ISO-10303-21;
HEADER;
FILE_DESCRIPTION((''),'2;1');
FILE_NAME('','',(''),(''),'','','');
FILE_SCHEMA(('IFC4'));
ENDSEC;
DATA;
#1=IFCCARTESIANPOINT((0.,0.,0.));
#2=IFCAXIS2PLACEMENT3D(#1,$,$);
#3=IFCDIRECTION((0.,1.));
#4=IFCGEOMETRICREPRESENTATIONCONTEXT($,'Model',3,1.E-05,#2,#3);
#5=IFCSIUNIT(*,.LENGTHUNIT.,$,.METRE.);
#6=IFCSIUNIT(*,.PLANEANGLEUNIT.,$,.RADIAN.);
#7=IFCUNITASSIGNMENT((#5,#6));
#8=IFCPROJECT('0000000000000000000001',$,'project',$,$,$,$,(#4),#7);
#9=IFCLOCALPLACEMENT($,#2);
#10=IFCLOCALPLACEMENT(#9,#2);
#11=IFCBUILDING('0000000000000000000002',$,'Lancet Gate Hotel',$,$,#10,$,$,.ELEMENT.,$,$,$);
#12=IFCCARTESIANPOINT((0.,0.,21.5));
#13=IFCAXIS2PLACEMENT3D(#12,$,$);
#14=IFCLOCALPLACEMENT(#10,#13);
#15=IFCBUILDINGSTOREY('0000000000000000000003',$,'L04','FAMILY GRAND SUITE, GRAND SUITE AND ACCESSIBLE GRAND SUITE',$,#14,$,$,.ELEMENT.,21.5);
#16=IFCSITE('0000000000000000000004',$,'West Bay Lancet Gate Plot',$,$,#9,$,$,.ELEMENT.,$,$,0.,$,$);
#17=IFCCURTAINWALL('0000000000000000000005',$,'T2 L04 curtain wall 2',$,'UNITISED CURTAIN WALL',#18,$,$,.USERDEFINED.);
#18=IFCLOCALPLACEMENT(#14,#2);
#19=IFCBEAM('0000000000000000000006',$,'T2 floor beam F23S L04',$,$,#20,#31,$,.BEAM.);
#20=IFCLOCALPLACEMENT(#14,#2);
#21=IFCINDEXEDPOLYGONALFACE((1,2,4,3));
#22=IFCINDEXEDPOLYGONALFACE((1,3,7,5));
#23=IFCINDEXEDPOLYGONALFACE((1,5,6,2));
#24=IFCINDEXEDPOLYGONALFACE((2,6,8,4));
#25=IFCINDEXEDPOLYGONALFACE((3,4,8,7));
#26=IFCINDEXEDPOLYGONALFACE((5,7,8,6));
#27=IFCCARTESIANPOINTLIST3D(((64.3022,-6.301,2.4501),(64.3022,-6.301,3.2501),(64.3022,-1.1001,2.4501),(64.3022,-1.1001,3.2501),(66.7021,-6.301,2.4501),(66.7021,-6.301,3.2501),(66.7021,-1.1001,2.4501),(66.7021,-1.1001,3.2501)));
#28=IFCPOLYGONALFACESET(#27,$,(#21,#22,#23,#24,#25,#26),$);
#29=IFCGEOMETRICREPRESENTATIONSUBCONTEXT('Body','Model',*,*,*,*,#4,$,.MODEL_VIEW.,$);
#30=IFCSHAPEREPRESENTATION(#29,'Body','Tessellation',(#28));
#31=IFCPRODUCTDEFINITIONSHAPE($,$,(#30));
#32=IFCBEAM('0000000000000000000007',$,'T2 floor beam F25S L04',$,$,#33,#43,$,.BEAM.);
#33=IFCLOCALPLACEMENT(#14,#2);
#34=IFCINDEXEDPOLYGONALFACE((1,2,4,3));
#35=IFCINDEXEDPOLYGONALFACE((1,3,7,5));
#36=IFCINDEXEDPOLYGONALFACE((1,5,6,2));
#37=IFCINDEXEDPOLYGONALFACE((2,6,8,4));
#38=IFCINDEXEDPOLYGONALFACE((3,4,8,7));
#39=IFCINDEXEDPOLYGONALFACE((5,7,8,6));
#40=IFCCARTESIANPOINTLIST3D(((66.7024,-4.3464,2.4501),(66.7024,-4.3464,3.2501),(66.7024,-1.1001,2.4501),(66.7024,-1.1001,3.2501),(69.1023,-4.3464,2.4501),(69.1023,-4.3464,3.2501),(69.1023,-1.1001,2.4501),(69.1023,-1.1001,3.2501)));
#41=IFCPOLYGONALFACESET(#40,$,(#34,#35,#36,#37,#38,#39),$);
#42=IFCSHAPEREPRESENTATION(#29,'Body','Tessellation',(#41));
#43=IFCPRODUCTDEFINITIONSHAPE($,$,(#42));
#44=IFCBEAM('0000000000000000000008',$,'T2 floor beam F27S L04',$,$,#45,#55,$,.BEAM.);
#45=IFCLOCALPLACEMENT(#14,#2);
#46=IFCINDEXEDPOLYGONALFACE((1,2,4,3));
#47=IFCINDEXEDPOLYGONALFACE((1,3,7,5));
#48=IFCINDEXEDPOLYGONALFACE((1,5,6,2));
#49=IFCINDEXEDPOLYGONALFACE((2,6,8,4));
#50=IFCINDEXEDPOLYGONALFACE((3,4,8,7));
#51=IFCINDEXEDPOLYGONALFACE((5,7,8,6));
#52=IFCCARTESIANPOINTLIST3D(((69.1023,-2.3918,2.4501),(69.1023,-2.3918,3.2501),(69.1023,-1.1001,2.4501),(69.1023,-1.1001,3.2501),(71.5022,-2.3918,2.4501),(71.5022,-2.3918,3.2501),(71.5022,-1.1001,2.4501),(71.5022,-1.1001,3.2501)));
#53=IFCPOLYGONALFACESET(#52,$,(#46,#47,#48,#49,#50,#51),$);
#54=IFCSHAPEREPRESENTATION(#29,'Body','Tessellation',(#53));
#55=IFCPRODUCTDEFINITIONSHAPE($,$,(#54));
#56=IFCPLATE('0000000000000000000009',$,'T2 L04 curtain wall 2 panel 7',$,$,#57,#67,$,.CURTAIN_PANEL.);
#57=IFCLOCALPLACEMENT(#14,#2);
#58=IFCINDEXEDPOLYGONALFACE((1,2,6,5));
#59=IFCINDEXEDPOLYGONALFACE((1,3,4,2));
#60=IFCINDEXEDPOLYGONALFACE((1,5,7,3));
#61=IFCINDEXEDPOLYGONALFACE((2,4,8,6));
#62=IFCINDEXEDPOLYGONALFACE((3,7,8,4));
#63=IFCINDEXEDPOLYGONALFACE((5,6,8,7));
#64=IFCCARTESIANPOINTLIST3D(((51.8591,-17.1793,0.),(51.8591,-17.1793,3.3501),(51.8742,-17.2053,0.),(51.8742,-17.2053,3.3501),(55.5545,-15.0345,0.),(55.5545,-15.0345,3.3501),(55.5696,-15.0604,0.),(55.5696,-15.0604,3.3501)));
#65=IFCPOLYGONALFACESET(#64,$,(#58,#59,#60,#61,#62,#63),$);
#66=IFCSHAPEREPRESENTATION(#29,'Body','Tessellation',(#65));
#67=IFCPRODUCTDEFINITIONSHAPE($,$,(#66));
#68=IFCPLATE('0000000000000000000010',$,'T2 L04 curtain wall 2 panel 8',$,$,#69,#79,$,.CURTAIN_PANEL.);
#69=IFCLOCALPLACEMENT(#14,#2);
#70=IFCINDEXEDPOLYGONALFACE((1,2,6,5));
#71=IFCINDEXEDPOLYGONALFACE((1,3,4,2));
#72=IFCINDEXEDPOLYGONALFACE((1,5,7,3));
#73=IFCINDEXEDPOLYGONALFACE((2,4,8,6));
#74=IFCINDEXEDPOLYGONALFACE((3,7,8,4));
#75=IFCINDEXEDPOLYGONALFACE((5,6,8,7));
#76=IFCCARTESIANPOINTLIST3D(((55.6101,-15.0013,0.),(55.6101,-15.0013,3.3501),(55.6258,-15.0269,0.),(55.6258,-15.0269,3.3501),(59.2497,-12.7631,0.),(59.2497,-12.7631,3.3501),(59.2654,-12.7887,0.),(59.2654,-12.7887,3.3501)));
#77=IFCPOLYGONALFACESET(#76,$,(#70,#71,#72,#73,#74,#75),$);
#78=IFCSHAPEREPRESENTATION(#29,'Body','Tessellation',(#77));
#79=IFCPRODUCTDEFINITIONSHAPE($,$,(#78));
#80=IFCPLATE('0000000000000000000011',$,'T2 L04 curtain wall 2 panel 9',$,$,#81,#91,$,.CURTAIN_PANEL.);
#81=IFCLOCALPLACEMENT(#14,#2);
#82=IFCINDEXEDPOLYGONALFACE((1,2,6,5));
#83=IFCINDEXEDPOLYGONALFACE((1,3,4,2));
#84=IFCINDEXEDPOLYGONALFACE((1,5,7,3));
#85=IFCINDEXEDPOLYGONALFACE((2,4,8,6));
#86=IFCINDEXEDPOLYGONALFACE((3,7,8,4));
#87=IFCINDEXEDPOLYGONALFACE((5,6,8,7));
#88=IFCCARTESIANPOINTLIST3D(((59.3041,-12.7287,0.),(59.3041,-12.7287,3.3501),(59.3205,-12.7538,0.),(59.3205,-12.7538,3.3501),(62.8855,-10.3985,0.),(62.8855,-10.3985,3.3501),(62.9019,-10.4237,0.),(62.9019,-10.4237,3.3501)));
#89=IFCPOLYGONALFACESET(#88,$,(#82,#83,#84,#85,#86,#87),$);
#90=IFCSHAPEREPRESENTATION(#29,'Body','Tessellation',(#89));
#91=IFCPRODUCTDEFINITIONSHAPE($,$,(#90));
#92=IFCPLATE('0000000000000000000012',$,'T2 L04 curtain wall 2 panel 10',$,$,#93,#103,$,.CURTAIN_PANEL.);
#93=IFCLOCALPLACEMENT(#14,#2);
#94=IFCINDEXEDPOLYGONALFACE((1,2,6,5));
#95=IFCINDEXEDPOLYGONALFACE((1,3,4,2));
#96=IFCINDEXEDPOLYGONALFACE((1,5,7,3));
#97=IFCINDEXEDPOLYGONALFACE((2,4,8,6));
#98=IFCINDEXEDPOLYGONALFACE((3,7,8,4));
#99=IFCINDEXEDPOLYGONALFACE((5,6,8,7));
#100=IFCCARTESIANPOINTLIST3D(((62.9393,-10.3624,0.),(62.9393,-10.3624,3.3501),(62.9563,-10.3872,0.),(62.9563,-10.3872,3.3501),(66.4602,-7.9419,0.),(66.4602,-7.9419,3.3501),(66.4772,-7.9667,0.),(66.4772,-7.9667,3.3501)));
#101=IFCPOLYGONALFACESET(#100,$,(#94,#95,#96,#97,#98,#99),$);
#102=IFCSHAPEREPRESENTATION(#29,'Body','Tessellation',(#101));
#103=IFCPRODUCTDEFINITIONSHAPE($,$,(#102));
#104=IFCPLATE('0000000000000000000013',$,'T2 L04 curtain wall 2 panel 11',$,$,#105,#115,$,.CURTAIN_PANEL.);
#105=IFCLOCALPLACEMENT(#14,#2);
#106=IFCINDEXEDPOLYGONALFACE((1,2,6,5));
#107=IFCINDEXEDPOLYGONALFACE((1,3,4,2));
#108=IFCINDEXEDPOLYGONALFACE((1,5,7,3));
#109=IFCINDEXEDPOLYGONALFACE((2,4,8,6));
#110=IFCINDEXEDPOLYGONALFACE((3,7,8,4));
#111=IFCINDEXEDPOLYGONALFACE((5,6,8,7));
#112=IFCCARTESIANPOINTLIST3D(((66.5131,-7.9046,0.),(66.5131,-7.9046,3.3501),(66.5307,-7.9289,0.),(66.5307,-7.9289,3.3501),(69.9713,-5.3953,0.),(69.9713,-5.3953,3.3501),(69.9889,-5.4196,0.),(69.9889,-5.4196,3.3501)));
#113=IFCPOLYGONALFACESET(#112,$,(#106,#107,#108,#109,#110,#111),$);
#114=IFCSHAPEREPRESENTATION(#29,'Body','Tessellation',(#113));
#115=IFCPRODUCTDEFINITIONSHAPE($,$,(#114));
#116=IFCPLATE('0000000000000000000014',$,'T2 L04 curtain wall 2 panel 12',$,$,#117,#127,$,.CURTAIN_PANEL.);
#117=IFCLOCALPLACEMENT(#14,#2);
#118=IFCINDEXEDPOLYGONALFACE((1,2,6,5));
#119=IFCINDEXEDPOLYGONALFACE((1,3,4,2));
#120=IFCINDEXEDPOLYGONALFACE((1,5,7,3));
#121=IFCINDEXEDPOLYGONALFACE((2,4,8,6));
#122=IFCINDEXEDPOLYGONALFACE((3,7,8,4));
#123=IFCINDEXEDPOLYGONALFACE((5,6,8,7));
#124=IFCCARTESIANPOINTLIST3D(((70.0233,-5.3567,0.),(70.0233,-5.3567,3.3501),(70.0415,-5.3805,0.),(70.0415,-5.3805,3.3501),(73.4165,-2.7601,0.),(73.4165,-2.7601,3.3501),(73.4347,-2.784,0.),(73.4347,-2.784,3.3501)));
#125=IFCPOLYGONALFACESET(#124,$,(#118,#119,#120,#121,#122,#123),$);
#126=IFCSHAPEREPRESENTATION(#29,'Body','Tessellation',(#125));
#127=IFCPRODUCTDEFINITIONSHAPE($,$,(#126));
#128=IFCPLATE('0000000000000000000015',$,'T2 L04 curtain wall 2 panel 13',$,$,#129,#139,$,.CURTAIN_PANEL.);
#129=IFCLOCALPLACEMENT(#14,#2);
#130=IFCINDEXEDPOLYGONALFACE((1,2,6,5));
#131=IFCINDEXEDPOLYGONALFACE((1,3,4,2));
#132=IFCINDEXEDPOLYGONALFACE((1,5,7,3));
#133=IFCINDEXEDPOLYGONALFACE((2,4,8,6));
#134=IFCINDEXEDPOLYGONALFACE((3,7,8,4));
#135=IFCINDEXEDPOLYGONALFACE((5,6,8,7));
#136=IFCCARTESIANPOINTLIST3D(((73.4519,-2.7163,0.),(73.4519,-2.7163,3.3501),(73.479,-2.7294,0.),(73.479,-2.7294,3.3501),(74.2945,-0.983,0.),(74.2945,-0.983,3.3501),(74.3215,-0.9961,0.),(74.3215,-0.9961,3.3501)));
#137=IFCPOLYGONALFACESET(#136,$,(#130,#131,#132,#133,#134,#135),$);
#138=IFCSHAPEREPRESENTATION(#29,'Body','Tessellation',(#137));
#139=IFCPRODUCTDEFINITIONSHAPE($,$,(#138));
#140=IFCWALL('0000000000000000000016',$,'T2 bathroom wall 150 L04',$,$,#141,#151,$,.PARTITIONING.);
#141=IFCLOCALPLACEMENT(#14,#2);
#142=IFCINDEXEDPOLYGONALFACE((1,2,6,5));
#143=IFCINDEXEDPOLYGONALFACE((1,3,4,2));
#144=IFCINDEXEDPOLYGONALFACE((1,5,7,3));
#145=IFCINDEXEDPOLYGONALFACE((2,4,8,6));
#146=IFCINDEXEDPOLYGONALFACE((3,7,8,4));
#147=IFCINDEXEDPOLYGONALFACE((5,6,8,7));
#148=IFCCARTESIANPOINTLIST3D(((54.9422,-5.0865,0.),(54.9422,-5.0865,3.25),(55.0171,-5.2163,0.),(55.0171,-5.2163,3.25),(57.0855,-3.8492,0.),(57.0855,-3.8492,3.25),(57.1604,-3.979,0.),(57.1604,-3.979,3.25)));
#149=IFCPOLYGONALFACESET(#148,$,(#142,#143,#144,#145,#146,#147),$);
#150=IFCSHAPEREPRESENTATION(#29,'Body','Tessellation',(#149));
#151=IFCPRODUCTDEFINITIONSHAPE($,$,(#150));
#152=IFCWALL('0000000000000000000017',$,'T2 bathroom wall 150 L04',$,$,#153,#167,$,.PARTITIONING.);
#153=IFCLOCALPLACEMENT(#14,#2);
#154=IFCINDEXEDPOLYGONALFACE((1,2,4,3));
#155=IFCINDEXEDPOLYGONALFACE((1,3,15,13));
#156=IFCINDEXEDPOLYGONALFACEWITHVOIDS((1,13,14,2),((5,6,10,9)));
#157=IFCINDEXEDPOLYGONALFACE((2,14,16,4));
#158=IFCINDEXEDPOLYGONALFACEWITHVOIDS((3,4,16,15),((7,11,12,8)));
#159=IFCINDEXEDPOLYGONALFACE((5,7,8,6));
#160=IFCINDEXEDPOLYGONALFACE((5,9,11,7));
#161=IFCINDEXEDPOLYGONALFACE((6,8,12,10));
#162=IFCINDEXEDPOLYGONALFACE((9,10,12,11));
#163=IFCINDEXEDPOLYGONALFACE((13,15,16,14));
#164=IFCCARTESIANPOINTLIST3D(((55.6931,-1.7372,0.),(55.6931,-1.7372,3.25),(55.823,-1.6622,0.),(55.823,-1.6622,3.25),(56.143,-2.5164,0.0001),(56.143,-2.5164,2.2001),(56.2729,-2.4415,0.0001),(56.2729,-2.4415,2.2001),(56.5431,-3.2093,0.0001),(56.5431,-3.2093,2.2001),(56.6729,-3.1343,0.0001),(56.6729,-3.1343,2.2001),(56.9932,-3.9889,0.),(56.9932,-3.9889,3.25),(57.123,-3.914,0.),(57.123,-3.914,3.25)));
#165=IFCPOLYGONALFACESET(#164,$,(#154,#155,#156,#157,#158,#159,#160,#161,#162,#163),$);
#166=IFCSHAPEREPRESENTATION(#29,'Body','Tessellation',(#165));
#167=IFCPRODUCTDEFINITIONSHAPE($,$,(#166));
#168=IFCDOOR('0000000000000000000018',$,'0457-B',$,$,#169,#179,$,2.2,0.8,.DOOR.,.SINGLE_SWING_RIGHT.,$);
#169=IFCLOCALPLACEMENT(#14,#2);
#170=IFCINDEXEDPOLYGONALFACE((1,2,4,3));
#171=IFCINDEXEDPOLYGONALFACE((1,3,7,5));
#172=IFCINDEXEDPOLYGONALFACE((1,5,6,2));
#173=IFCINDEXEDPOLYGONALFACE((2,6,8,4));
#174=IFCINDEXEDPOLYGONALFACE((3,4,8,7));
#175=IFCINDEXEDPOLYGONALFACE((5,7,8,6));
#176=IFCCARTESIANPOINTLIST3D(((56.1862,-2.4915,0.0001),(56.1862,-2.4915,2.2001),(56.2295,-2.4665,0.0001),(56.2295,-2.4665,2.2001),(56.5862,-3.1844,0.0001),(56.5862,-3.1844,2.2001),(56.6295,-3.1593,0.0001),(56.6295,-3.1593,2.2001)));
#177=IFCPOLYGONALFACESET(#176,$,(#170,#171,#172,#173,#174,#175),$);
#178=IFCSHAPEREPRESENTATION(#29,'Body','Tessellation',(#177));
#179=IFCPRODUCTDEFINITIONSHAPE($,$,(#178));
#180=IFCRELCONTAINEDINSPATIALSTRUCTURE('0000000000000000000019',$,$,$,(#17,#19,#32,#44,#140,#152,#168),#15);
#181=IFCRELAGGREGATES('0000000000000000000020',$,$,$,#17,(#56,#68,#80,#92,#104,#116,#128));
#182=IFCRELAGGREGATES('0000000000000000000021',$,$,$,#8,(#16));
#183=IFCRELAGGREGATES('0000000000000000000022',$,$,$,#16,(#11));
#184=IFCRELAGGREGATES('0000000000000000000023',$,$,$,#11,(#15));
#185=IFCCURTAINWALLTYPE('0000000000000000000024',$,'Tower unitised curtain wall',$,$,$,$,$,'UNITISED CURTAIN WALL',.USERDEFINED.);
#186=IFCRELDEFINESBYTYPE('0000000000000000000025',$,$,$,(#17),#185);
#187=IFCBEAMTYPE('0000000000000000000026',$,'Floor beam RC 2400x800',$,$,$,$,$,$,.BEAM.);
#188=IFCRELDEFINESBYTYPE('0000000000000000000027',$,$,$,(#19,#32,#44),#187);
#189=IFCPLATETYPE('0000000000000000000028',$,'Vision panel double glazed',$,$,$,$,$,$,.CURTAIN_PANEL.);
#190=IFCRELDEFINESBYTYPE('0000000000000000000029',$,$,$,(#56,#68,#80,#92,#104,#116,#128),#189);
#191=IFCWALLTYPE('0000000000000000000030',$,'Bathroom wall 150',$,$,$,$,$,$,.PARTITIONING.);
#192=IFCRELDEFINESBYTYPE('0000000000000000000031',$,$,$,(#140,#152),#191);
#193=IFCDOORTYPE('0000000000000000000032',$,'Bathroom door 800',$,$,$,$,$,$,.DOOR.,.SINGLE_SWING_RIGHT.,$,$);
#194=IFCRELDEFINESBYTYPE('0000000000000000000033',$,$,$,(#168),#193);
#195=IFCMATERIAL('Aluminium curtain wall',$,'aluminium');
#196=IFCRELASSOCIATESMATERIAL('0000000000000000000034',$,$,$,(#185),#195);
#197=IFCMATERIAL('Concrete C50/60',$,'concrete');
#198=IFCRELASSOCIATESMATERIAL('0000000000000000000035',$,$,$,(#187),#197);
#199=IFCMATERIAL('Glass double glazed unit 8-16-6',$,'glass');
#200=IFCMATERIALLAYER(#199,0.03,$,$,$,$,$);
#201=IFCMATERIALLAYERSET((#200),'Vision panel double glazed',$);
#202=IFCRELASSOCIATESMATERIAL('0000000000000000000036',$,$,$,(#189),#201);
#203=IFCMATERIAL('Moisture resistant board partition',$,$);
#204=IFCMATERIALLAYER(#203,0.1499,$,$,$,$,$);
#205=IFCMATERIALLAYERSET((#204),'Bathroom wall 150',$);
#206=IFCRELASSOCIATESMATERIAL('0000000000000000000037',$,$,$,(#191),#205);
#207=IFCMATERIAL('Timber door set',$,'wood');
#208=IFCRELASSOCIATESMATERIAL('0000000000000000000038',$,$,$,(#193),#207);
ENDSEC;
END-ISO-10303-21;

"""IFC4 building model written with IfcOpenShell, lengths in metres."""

from ifc_helpers import new_model, si_unit, direction, frame, frame_2d, origin, origin_2d, place, context, subcontext, project, spatial, rectangle, extrude, material, layer, layer_set, material_profile, profile_set, type_object, element, fill, aggregate, save


model = new_model("IFC4")

# Units and contexts
model_context = context("Model", 3, precision=1e-05, world=origin(), true_north=direction((0.0, 1.0)))
body_context = subcontext(model_context, "Body", "Model", "MODEL_VIEW")
ifc_project = project(units=[si_unit("LENGTHUNIT", "METRE"), si_unit("PLANEANGLEUNIT", "RADIAN")], contexts=[model_context])

# Site, building, storey
site_placement = place(None, origin())
site = spatial("IfcSite", under=ifc_project, at=site_placement, Name="West Bay Lancet Gate Plot", CompositionType="ELEMENT", RefElevation=0.0)
building_placement = place(site_placement, origin())
building = spatial("IfcBuilding", under=site, at=building_placement, Name="Lancet Gate Hotel", CompositionType="ELEMENT")
storey_placement = place(building_placement, frame((0.0, 0.0, 21.5)))
storey = spatial("IfcBuildingStorey", under=building, at=storey_placement, Name="L04", Description="FAMILY GRAND SUITE, GRAND SUITE AND ACCESSIBLE GRAND SUITE", CompositionType="ELEMENT", Elevation=21.5)

# Curtain wall
ifc_material_1 = material(Name="Aluminium curtain wall", Category="aluminium")
curtain_wall_type = type_object("IfcCurtainWallType", Name="Tower unitised curtain wall", ElementType="UNITISED CURTAIN WALL", PredefinedType="USERDEFINED", material=ifc_material_1)
curtain_wall_placement = place(storey_placement, origin())
curtain_wall = element("IfcCurtainWall", 1, at=curtain_wall_placement, inside=storey, type_object=curtain_wall_type, Name="T2 L04 curtain wall 2", ObjectType="UNITISED CURTAIN WALL", PredefinedType="USERDEFINED")

# Beams
ifc_material_2 = material(Name="Concrete C50/60", Category="concrete")
ifc_material_profile_1 = material_profile(ifc_material_2, rectangle(XDim=2.3999, YDim=0.8, at=origin_2d()), Name="RC 2400x800")
ifc_profile_set_1 = profile_set([ifc_material_profile_1], Name="Concrete C50/60")
beam_type_1 = type_object("IfcBeamType", Name="Floor beam RC 2400x800", PredefinedType="BEAM", material=ifc_profile_set_1)
beam_1_placement = place(storey_placement, frame((65.5022, -6.301, 2.8501), z_axis=(0.0, 1.0, 0.0), x_axis=(-1.0, 0.0, 0.0)))
element("IfcBeam", 2, at=beam_1_placement, inside=storey, type_object=beam_type_1, Name="T2 floor beam F23S L04", PredefinedType="BEAM", context=body_context, shape_type="SweptSolid", body=[
    extrude(rectangle(XDim=2.3999, YDim=0.8, at=origin_2d()), origin(), (0.0, 0.0, 1.0), 5.2009),
])
beam_2_placement = place(storey_placement, frame((67.9023, -4.3464, 2.8501), z_axis=(0.0, 1.0, 0.0), x_axis=(-1.0, 0.0, 0.0)))
element("IfcBeam", 3, at=beam_2_placement, inside=storey, type_object=beam_type_1, Name="T2 floor beam F25S L04", PredefinedType="BEAM", context=body_context, shape_type="SweptSolid", body=[
    extrude(rectangle(XDim=2.3999, YDim=0.8, at=origin_2d()), origin(), (0.0, 0.0, 1.0), 3.2463),
])
beam_3_placement = place(storey_placement, frame((70.3022, -2.3918, 2.8501), z_axis=(0.0, 1.0, 0.0), x_axis=(-1.0, 0.0, 0.0)))
element("IfcBeam", 4, at=beam_3_placement, inside=storey, type_object=beam_type_1, Name="T2 floor beam F27S L04", PredefinedType="BEAM", context=body_context, shape_type="SweptSolid", body=[
    extrude(rectangle(XDim=2.3999, YDim=0.8, at=origin_2d()), origin(), (0.0, 0.0, 1.0), 1.2917),
])

# Plates
ifc_material_3 = material(Name="Glass double glazed unit 8-16-6", Category="glass")
ifc_layer_1 = layer(ifc_material_3, 0.03)
ifc_layer_set_1 = layer_set([ifc_layer_1], Name="Vision panel double glazed")
plate_type = type_object("IfcPlateType", Name="Vision panel double glazed", PredefinedType="CURTAIN_PANEL", material=ifc_layer_set_1)
plate_1_placement = place(storey_placement, frame((53.7144, -16.1199, 0.0), z_axis=(0.0, 0.0, 1.0), x_axis=(0.864872, 0.501993, 0.0)))
plate_1 = element("IfcPlate", 5, at=plate_1_placement, type_object=plate_type, Name="T2 L04 curtain wall 2 panel 7", PredefinedType="CURTAIN_PANEL", context=body_context, shape_type="SweptSolid", body=[
    extrude(rectangle(XDim=4.2727, YDim=0.03, at=origin_2d()), origin(), (0.0, 0.0, 1.0), 3.3501),
])
plate_2_placement = place(storey_placement, frame((57.4377, -13.895, 0.0), z_axis=(0.0, 0.0, 1.0), x_axis=(0.851815, 0.523842, 0.0)))
plate_2 = element("IfcPlate", 6, at=plate_2_placement, type_object=plate_type, Name="T2 L04 curtain wall 2 panel 8", PredefinedType="CURTAIN_PANEL", context=body_context, shape_type="SweptSolid", body=[
    extrude(rectangle(XDim=4.2727, YDim=0.03, at=origin_2d()), origin(), (0.0, 0.0, 1.0), 3.3501),
])
plate_3_placement = place(storey_placement, frame((61.103, -11.5762, 0.0), z_axis=(0.0, 0.0, 1.0), x_axis=(0.838207, 0.545353, 0.0)))
plate_3 = element("IfcPlate", 7, at=plate_3_placement, type_object=plate_type, Name="T2 L04 curtain wall 2 panel 9", PredefinedType="CURTAIN_PANEL", context=body_context, shape_type="SweptSolid", body=[
    extrude(rectangle(XDim=4.2727, YDim=0.03, at=origin_2d()), origin(), (0.0, 0.0, 1.0), 3.3501),
])
plate_4_placement = place(storey_placement, frame((64.7083, -9.1646, 0.0), z_axis=(0.0, 0.0, 1.0), x_axis=(0.824055, 0.566509, 0.0)))
plate_4 = element("IfcPlate", 8, at=plate_4_placement, type_object=plate_type, Name="T2 L04 curtain wall 2 panel 10", PredefinedType="CURTAIN_PANEL", context=body_context, shape_type="SweptSolid", body=[
    extrude(rectangle(XDim=4.2727, YDim=0.03, at=origin_2d()), origin(), (0.0, 0.0, 1.0), 3.3501),
])
plate_5_placement = place(storey_placement, frame((68.251, -6.6621, 0.0), z_axis=(0.0, 0.0, 1.0), x_axis=(0.80937, 0.587299, 0.0)))
plate_5 = element("IfcPlate", 9, at=plate_5_placement, type_object=plate_type, Name="T2 L04 curtain wall 2 panel 11", PredefinedType="CURTAIN_PANEL", context=body_context, shape_type="SweptSolid", body=[
    extrude(rectangle(XDim=4.2727, YDim=0.03, at=origin_2d()), origin(), (0.0, 0.0, 1.0), 3.3501),
])
plate_6_placement = place(storey_placement, frame((71.729, -4.0703, 0.0), z_axis=(0.0, 0.0, 1.0), x_axis=(0.79416, 0.607709, 0.0)))
plate_6 = element("IfcPlate", 10, at=plate_6_placement, type_object=plate_type, Name="T2 L04 curtain wall 2 panel 12", PredefinedType="CURTAIN_PANEL", context=body_context, shape_type="SweptSolid", body=[
    extrude(rectangle(XDim=4.2727, YDim=0.03, at=origin_2d()), origin(), (0.0, 0.0, 1.0), 3.3501),
])
plate_7_placement = place(storey_placement, frame((73.8867, -1.8562, 0.0), z_axis=(0.0, 0.0, 1.0), x_axis=(0.437169, 0.899379, 0.0)))
plate_7 = element("IfcPlate", 11, at=plate_7_placement, type_object=plate_type, Name="T2 L04 curtain wall 2 panel 13", PredefinedType="CURTAIN_PANEL", context=body_context, shape_type="SweptSolid", body=[
    extrude(rectangle(XDim=1.9272, YDim=0.03, at=origin_2d()), origin(), (0.0, 0.0, 1.0), 3.3501),
])
aggregate(curtain_wall, [plate_1, plate_2, plate_3, plate_4, plate_5, plate_6, plate_7])

# Wall
ifc_material_4 = material(Name="Moisture resistant board partition")
ifc_layer_2 = layer(ifc_material_4, 0.1499)
ifc_layer_set_2 = layer_set([ifc_layer_2], Name="Bathroom wall 150")
wall_type = type_object("IfcWallType", Name="Bathroom wall 150", PredefinedType="PARTITIONING", material=ifc_layer_set_2)
wall_1_placement = place(storey_placement, frame((54.9797, -5.1514, 0.0), z_axis=(0.0, 0.0, 1.0), x_axis=(0.866049, 0.499959, 0.0)))
element("IfcWall", 12, at=wall_1_placement, inside=storey, type_object=wall_type, Name="T2 bathroom wall 150 L04", PredefinedType="PARTITIONING", context=body_context, shape_type="SweptSolid", body=[
    extrude(rectangle(XDim=2.4749, YDim=0.1499, at=frame_2d((1.2373, 0.0))), origin(), (0.0, 0.0, 1.0), 3.25),
])

# Wall, opening, door
wall_2_placement = place(storey_placement, frame((55.7581, -1.6997, 0.0), z_axis=(0.0, 0.0, 1.0), x_axis=(0.500007, -0.866021, 0.0)))
wall_2 = element("IfcWall", 13, at=wall_2_placement, inside=storey, type_object=wall_type, Name="T2 bathroom wall 150 L04", PredefinedType="PARTITIONING", context=body_context, shape_type="SweptSolid", body=[
    extrude(rectangle(XDim=2.6001, YDim=0.1499, at=frame_2d((1.3, 0.0))), origin(), (0.0, 0.0, 1.0), 3.25),
])
opening_placement = place(wall_2_placement, frame((0.8999, 0.0, 0.0)))
opening = element("IfcOpeningElement", 14, at=opening_placement, cuts=wall_2, PredefinedType="OPENING", context=body_context, shape_type="SweptSolid", body=[
    extrude(rectangle(XDim=0.8, YDim=2.2, at=frame_2d((0.3999, 1.1001))), frame((0.0, 0.085, 0.0), z_axis=(0.0, -1.0, 0.0), x_axis=(1.0, 0.0, 0.0)), (0.0, 0.0, 1.0), 0.1699),
])
ifc_material_5 = material(Name="Timber door set", Category="wood")
door_type = type_object("IfcDoorType", Name="Bathroom door 800", OperationType="SINGLE_SWING_RIGHT", PredefinedType="DOOR", material=ifc_material_5)
door_placement = place(opening_placement, origin())
door = element("IfcDoor", 15, at=door_placement, inside=storey, type_object=door_type, Name="0457-B", OperationType="SINGLE_SWING_RIGHT", OverallHeight=2.2, OverallWidth=0.8, PredefinedType="DOOR", context=body_context, shape_type="SweptSolid", body=[
    extrude(rectangle(XDim=0.8, YDim=2.2, at=frame_2d((0.3999, 1.1001))), frame((0.0, 0.0249, 0.0), z_axis=(0.0, -1.0, 0.0), x_axis=(1.0, 0.0, 0.0)), (0.0, 0.0, 1.0), 0.05),
])
fill(opening, door)

save(model, "model.ifc")
